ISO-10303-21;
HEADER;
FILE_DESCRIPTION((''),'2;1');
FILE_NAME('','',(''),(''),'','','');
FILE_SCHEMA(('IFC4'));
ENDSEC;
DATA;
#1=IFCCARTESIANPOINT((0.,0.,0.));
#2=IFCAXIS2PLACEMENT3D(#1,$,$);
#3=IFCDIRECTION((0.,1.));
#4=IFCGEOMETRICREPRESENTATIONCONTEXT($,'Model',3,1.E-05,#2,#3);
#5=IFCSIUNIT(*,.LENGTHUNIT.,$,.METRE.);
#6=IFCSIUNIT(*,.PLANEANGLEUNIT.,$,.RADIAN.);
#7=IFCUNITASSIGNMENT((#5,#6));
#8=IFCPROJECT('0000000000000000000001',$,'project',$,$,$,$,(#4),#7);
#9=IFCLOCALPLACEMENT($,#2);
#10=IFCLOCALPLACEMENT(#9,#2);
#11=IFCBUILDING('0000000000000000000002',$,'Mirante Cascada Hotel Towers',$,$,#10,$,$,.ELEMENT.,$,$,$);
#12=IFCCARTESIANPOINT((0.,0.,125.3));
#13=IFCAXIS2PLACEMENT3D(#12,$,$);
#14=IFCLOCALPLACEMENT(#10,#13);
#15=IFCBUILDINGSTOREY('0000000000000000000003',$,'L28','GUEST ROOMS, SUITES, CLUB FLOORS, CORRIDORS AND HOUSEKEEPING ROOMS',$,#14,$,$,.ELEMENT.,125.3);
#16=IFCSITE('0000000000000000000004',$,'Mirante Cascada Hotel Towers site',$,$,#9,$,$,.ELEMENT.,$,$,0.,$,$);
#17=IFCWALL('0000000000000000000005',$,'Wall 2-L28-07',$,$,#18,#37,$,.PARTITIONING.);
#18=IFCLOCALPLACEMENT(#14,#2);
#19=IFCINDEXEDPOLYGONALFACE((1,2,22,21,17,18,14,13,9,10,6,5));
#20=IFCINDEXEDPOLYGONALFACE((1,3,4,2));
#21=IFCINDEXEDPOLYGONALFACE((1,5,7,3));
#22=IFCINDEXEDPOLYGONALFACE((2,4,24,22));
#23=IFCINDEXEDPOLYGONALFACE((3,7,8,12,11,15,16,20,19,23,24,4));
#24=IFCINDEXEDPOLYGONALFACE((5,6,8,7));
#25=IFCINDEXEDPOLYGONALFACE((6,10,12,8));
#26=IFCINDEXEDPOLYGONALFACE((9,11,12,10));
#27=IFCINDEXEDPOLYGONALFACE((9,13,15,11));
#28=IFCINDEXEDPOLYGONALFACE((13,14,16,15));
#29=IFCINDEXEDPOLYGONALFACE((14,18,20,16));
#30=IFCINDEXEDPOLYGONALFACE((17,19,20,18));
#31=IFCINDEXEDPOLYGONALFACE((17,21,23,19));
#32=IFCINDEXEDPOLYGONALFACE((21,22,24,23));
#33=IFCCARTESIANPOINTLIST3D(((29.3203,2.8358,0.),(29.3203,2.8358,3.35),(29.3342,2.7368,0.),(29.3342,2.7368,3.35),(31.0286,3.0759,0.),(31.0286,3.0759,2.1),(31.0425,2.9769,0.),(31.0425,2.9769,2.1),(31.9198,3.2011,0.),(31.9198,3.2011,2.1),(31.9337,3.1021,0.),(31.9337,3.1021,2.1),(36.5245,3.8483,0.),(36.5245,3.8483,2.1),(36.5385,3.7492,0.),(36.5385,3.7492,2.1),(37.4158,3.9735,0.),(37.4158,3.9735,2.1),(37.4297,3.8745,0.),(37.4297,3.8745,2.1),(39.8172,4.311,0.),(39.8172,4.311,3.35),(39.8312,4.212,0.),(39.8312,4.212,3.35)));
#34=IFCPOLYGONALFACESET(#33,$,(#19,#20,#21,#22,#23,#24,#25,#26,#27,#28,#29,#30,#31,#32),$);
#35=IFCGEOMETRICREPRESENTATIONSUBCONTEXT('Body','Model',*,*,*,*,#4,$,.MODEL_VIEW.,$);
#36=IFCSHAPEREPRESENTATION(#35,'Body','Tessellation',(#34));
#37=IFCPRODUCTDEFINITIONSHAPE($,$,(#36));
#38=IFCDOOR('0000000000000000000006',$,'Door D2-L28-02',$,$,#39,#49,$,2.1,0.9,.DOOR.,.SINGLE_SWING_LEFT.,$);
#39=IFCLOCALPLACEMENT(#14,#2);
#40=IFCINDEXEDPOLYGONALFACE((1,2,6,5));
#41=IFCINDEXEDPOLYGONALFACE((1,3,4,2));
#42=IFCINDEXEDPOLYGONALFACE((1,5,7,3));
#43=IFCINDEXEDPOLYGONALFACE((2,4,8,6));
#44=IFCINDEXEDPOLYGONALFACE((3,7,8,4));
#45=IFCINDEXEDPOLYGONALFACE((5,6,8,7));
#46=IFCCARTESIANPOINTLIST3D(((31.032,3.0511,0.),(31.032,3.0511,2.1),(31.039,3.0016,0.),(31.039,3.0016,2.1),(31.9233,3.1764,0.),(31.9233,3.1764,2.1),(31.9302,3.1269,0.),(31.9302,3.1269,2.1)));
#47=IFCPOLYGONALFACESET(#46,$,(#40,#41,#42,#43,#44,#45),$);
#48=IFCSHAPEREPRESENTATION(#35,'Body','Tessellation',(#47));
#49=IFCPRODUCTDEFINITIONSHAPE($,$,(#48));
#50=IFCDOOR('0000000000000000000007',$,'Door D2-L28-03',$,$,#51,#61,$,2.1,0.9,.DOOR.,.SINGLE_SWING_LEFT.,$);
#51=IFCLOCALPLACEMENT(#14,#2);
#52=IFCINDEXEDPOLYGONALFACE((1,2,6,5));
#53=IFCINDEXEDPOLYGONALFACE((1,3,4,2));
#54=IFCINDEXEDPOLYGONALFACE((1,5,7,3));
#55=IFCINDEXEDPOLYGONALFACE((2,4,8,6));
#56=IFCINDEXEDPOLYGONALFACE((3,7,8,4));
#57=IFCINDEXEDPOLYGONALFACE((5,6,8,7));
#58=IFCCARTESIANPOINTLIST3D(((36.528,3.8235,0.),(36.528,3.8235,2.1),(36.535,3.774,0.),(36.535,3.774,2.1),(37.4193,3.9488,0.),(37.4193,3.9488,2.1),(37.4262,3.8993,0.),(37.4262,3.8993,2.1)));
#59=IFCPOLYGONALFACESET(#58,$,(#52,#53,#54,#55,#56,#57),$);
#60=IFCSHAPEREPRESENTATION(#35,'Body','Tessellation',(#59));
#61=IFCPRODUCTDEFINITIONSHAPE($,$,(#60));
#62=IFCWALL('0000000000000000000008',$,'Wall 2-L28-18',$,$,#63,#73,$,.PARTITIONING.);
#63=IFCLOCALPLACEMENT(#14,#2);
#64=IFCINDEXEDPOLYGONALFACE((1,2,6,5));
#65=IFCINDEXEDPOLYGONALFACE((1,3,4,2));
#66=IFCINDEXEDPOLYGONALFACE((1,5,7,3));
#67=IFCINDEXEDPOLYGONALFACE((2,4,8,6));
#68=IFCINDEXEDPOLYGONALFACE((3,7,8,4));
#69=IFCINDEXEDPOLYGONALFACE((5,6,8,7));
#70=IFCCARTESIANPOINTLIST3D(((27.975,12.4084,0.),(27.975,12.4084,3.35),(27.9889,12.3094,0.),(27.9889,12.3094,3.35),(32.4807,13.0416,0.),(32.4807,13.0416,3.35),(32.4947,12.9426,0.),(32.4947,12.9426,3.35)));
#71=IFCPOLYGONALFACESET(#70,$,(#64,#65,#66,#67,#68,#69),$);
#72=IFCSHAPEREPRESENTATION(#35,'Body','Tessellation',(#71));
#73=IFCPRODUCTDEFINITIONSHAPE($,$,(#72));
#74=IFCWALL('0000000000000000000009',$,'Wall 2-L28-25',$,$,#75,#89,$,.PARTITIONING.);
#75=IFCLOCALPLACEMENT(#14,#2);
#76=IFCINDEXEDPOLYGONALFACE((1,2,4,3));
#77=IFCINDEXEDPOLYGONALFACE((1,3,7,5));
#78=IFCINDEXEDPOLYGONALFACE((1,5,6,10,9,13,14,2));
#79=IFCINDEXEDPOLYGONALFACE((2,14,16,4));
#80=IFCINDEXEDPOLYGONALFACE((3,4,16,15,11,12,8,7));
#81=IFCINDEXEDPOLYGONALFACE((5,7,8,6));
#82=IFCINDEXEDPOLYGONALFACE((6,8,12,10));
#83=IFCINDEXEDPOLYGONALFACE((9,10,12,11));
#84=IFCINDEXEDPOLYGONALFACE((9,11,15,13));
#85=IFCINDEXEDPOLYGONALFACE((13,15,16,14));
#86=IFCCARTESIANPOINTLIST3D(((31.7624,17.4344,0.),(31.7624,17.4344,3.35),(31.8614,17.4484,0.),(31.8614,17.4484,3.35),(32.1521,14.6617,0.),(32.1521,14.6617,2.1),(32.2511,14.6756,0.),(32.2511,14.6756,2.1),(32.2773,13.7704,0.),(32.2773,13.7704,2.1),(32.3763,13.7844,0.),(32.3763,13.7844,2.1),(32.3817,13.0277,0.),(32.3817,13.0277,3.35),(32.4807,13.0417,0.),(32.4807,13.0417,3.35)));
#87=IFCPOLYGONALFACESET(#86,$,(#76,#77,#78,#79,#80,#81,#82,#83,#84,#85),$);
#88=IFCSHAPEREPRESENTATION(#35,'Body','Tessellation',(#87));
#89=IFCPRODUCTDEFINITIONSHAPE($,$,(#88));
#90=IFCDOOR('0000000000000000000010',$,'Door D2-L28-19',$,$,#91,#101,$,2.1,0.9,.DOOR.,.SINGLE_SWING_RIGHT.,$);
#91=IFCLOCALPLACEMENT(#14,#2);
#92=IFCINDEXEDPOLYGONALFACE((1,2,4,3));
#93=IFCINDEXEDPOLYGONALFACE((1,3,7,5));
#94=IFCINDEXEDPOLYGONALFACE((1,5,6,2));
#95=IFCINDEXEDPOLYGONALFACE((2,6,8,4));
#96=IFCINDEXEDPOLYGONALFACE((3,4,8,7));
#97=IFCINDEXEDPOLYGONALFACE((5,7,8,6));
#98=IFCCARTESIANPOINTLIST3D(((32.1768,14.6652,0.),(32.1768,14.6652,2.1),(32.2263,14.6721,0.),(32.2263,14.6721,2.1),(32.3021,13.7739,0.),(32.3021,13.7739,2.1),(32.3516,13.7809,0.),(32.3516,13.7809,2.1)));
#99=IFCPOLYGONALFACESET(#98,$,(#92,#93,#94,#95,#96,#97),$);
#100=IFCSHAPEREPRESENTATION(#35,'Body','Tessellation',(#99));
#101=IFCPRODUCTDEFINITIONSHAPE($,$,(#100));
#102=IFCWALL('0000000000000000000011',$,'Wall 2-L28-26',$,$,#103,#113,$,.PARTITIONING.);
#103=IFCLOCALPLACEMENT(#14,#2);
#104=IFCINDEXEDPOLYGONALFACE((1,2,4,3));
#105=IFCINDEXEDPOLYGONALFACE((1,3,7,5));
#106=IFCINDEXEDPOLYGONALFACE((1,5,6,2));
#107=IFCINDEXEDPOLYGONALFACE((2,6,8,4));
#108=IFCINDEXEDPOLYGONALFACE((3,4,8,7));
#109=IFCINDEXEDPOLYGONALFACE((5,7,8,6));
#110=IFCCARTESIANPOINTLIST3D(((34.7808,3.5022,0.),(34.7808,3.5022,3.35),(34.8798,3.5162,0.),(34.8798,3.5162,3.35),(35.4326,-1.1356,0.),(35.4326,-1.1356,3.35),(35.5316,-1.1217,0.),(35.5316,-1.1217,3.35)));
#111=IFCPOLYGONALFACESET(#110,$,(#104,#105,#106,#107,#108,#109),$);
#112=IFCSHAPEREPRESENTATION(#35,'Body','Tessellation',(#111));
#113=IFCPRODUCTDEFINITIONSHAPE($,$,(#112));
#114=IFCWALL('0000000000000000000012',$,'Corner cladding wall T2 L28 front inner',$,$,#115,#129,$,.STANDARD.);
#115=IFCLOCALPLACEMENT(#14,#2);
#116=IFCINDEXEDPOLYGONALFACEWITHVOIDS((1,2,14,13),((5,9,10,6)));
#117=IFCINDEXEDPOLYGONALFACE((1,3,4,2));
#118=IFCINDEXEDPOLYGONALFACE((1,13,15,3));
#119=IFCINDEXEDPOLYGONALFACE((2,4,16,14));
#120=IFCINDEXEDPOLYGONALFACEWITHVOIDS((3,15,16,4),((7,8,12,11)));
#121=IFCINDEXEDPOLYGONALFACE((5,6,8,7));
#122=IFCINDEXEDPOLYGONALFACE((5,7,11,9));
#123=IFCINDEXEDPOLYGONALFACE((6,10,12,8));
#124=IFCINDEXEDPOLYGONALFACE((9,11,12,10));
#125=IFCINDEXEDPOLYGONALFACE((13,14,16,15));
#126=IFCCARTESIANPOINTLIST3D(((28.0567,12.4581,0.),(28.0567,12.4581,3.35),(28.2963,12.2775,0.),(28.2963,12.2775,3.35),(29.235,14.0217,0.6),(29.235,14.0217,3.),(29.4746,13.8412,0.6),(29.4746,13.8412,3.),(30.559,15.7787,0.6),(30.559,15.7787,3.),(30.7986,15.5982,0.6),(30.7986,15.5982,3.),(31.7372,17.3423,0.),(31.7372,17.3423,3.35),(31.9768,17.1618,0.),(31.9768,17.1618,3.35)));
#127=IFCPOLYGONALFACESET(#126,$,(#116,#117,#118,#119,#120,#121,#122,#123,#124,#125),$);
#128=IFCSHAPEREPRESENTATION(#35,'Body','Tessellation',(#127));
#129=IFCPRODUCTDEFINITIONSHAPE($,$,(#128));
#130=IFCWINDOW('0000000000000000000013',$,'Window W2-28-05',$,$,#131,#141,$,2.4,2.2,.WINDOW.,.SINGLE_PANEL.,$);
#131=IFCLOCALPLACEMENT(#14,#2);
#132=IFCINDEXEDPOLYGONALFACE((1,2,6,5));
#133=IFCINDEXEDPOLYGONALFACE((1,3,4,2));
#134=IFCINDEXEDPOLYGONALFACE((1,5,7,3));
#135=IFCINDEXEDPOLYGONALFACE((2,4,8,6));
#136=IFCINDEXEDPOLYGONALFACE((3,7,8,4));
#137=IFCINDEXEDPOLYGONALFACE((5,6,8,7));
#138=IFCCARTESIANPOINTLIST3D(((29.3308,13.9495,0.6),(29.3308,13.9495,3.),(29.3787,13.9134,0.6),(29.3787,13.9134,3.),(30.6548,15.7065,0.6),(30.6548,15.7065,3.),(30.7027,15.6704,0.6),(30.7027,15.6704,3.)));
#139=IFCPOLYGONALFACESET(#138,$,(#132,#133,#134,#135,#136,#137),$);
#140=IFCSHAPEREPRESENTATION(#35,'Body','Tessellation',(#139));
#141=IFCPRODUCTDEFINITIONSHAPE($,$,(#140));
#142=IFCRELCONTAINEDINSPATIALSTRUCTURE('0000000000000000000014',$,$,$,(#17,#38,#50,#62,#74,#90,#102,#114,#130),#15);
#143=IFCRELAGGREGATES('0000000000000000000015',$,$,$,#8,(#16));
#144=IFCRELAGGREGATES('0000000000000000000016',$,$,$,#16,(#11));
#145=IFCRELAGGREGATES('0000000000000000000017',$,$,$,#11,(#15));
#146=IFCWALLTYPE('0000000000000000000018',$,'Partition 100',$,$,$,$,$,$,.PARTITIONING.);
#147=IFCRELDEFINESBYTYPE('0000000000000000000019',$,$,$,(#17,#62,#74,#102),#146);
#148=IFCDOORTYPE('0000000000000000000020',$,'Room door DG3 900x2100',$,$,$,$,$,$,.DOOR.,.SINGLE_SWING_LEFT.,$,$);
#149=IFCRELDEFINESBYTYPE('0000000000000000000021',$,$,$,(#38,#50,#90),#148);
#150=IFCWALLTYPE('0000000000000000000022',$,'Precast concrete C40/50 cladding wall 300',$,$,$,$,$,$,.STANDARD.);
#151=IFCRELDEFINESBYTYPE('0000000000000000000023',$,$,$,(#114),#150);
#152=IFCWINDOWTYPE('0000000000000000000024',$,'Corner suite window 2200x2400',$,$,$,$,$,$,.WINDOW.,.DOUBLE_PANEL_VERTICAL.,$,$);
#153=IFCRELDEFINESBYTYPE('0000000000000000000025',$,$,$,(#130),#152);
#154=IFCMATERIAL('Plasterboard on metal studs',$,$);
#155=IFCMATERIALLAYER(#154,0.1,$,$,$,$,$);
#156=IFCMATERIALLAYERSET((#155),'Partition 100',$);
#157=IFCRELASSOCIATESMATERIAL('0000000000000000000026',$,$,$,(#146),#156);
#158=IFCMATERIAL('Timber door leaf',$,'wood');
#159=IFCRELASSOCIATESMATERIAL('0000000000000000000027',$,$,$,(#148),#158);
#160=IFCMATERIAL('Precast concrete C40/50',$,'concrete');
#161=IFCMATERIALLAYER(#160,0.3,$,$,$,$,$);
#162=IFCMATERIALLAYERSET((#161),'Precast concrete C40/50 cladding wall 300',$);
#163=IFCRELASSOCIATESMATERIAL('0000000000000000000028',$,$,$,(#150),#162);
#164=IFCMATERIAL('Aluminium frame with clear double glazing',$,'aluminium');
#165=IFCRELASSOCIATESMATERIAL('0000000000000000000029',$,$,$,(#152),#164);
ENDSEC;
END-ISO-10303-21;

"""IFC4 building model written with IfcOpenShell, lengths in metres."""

from ifc_helpers import new_model, si_unit, direction, frame, frame_2d, origin, place, context, subcontext, project, spatial, rectangle, extrude, material, layer, layer_set, type_object, element, fill, save


model = new_model("IFC4")

# Units and contexts
model_context = context("Model", 3, precision=1e-05, world=origin(), true_north=direction((0.0, 1.0)))
body_context = subcontext(model_context, "Body", "Model", "MODEL_VIEW")
ifc_project = project(units=[si_unit("LENGTHUNIT", "METRE"), si_unit("PLANEANGLEUNIT", "RADIAN")], contexts=[model_context])

# Site, building, storey
site_placement = place(None, origin())
site = spatial("IfcSite", under=ifc_project, at=site_placement, Name="Mirante Cascada Hotel Towers site", CompositionType="ELEMENT", RefElevation=0.0)
building_placement = place(site_placement, origin())
building = spatial("IfcBuilding", under=site, at=building_placement, Name="Mirante Cascada Hotel Towers", CompositionType="ELEMENT")
storey_placement = place(building_placement, frame((0.0, 0.0, 125.3)))
storey = spatial("IfcBuildingStorey", under=building, at=storey_placement, Name="L28", Description="GUEST ROOMS, SUITES, CLUB FLOORS, CORRIDORS AND HOUSEKEEPING ROOMS", CompositionType="ELEMENT", Elevation=125.3)

# Shared definitions
ifc_material_1 = material(Name="Plasterboard on metal studs")
ifc_layer_1 = layer(ifc_material_1, 0.1)
ifc_layer_set_1 = layer_set([ifc_layer_1], Name="Partition 100")
wall_type_1 = type_object("IfcWallType", Name="Partition 100", PredefinedType="PARTITIONING", material=ifc_layer_set_1)

# Wall, openings, doors
wall_1_placement = place(storey_placement, frame((29.3273, 2.7863, 0.0), z_axis=(0.0, 0.0, 1.0), x_axis=(0.990269, 0.139169, 0.0)))
wall_1 = element("IfcWall", 1, at=wall_1_placement, inside=storey, type_object=wall_type_1, Name="Wall 2-L28-07", PredefinedType="PARTITIONING", context=body_context, shape_type="SweptSolid", body=[
    extrude(rectangle(XDim=10.6001, YDim=0.1, at=frame_2d((5.3, 0.0))), origin(), (0.0, 0.0, 1.0), 3.35),
])
opening_1_placement = place(wall_1_placement, frame((1.725, 0.0, 0.0)))
opening_1 = element("IfcOpeningElement", 2, at=opening_1_placement, cuts=wall_1, PredefinedType="OPENING", context=body_context, shape_type="SweptSolid", body=[
    extrude(rectangle(XDim=0.9, YDim=2.1, at=frame_2d((0.45, 1.05))), frame((0.0, 0.05, 0.0), z_axis=(0.0, -1.0, 0.0), x_axis=(1.0, 0.0, 0.0)), (0.0, 0.0, 1.0), 0.1),
])
opening_2_placement = place(wall_1_placement, frame((7.275, 0.0, 0.0)))
opening_2 = element("IfcOpeningElement", 3, at=opening_2_placement, cuts=wall_1, PredefinedType="OPENING", context=body_context, shape_type="SweptSolid", body=[
    extrude(rectangle(XDim=0.9, YDim=2.1, at=frame_2d((0.45, 1.05))), frame((0.0, 0.05, 0.0), z_axis=(0.0, -1.0, 0.0), x_axis=(1.0, 0.0, 0.0)), (0.0, 0.0, 1.0), 0.1),
])
ifc_material_2 = material(Name="Timber door leaf", Category="wood")
door_type = type_object("IfcDoorType", Name="Room door DG3 900x2100", OperationType="SINGLE_SWING_LEFT", PredefinedType="DOOR", material=ifc_material_2)
door_1_placement = place(opening_1_placement, origin())
door_1 = element("IfcDoor", 4, at=door_1_placement, inside=storey, type_object=door_type, Name="Door D2-L28-02", OperationType="SINGLE_SWING_LEFT", OverallHeight=2.1, OverallWidth=0.9, PredefinedType="DOOR", context=body_context, shape_type="SweptSolid", body=[
    extrude(rectangle(XDim=0.9, YDim=2.1, at=frame_2d((0.45, 1.05))), frame((0.0, 0.025, 0.0), z_axis=(0.0, -1.0, 0.0), x_axis=(1.0, 0.0, 0.0)), (0.0, 0.0, 1.0), 0.05),
])
fill(opening_1, door_1)
door_2_placement = place(opening_2_placement, origin())
door_2 = element("IfcDoor", 5, at=door_2_placement, inside=storey, type_object=door_type, Name="Door D2-L28-03", OperationType="SINGLE_SWING_LEFT", OverallHeight=2.1, OverallWidth=0.9, PredefinedType="DOOR", context=body_context, shape_type="SweptSolid", body=[
    extrude(rectangle(XDim=0.9, YDim=2.1, at=frame_2d((0.45, 1.05))), frame((0.0, 0.025, 0.0), z_axis=(0.0, -1.0, 0.0), x_axis=(1.0, 0.0, 0.0)), (0.0, 0.0, 1.0), 0.05),
])
fill(opening_2, door_2)

# Wall
wall_2_placement = place(storey_placement, frame((32.4877, 12.9921, 0.0), z_axis=(0.0, 0.0, 1.0), x_axis=(-0.990269, -0.139166, 0.0)))
element("IfcWall", 6, at=wall_2_placement, inside=storey, type_object=wall_type_1, Name="Wall 2-L28-18", PredefinedType="PARTITIONING", context=body_context, shape_type="SweptSolid", body=[
    extrude(rectangle(XDim=4.55, YDim=0.1, at=frame_2d((2.275, 0.0))), origin(), (0.0, 0.0, 1.0), 3.35),
])

# Wall, opening, door
wall_3_placement = place(storey_placement, frame((32.4312, 13.0347, 0.0), z_axis=(0.0, 0.0, 1.0), x_axis=(-0.139168, 0.990269, 0.0)))
wall_3 = element("IfcWall", 7, at=wall_3_placement, inside=storey, type_object=wall_type_1, Name="Wall 2-L28-25", PredefinedType="PARTITIONING", context=body_context, shape_type="SweptSolid", body=[
    extrude(rectangle(XDim=4.45, YDim=0.1, at=frame_2d((2.225, 0.0))), origin(), (0.0, 0.0, 1.0), 3.35),
])
opening_3_placement = place(wall_3_placement, frame((0.75, 0.0, 0.0)))
opening_3 = element("IfcOpeningElement", 8, at=opening_3_placement, cuts=wall_3, PredefinedType="OPENING", context=body_context, shape_type="SweptSolid", body=[
    extrude(rectangle(XDim=0.9, YDim=2.1, at=frame_2d((0.45, 1.05))), frame((0.0, 0.05, 0.0), z_axis=(0.0, -1.0, 0.0), x_axis=(1.0, 0.0, 0.0)), (0.0, 0.0, 1.0), 0.1),
])
door_3_placement = place(opening_3_placement, frame((0.9, 0.0, 0.0), z_axis=(0.0, 0.0, 1.0), x_axis=(-1.0, 0.0, 0.0)))
door_3 = element("IfcDoor", 9, at=door_3_placement, inside=storey, type_object=door_type, Name="Door D2-L28-19", OperationType="SINGLE_SWING_RIGHT", OverallHeight=2.1, OverallWidth=0.9, PredefinedType="DOOR", context=body_context, shape_type="SweptSolid", body=[
    extrude(rectangle(XDim=0.9, YDim=2.1, at=frame_2d((0.45, 1.05))), frame((0.0, 0.025, 0.0), z_axis=(0.0, -1.0, 0.0), x_axis=(1.0, 0.0, 0.0)), (0.0, 0.0, 1.0), 0.05),
])
fill(opening_3, door_3)

# Wall
wall_4_placement = place(storey_placement, frame((34.8303, 3.5092, 0.0), z_axis=(0.0, 0.0, 1.0), x_axis=(0.139173, -0.990268, 0.0)))
element("IfcWall", 10, at=wall_4_placement, inside=storey, type_object=wall_type_1, Name="Wall 2-L28-26", PredefinedType="PARTITIONING", context=body_context, shape_type="SweptSolid", body=[
    extrude(rectangle(XDim=4.6834, YDim=0.1, at=frame_2d((2.3417, 0.0))), origin(), (0.0, 0.0, 1.0), 3.35),
])

# Wall, opening, window
ifc_material_3 = material(Name="Precast concrete C40/50", Category="concrete")
ifc_layer_2 = layer(ifc_material_3, 0.3)
ifc_layer_set_2 = layer_set([ifc_layer_2], Name="Precast concrete C40/50 cladding wall 300")
wall_type_2 = type_object("IfcWallType", Name="Precast concrete C40/50 cladding wall 300", PredefinedType="STANDARD", material=ifc_layer_set_2)
wall_5_placement = place(storey_placement, frame((31.857, 17.252, 0.0), z_axis=(0.0, 0.0, 1.0), x_axis=(-0.601814, -0.798636, 0.0)))
wall_5 = element("IfcWall", 11, at=wall_5_placement, inside=storey, type_object=wall_type_2, Name="Corner cladding wall T2 L28 front inner", PredefinedType="STANDARD", context=body_context, shape_type="SweptSolid", body=[
    extrude(rectangle(XDim=6.1157, YDim=0.3, at=frame_2d((3.0578, 0.0))), origin(), (0.0, 0.0, 1.0), 3.35),
])
opening_4_placement = place(wall_5_placement, frame((1.9578, 0.0, 0.6)))
opening_4 = element("IfcOpeningElement", 12, at=opening_4_placement, cuts=wall_5, PredefinedType="OPENING", context=body_context, shape_type="SweptSolid", body=[
    extrude(rectangle(XDim=2.2, YDim=2.4, at=frame_2d((1.1, 1.2))), frame((0.0, 0.15, 0.0), z_axis=(0.0, -1.0, 0.0), x_axis=(1.0, 0.0, 0.0)), (0.0, 0.0, 1.0), 0.3),
])
ifc_material_4 = material(Name="Aluminium frame with clear double glazing", Category="aluminium")
window_type = type_object("IfcWindowType", Name="Corner suite window 2200x2400", PartitioningType="DOUBLE_PANEL_VERTICAL", PredefinedType="WINDOW", material=ifc_material_4)
window_placement = place(opening_4_placement, origin())
window = element("IfcWindow", 13, at=window_placement, inside=storey, type_object=window_type, Name="Window W2-28-05", OverallHeight=2.4, OverallWidth=2.2, PartitioningType="SINGLE_PANEL", PredefinedType="WINDOW", context=body_context, shape_type="SweptSolid", body=[
    extrude(rectangle(XDim=2.2, YDim=2.4, at=frame_2d((1.1, 1.2))), frame((0.0, 0.03, 0.0), z_axis=(0.0, -1.0, 0.0), x_axis=(1.0, 0.0, 0.0)), (0.0, 0.0, 1.0), 0.06),
])
fill(opening_4, window)

save(model, "model.ifc")
